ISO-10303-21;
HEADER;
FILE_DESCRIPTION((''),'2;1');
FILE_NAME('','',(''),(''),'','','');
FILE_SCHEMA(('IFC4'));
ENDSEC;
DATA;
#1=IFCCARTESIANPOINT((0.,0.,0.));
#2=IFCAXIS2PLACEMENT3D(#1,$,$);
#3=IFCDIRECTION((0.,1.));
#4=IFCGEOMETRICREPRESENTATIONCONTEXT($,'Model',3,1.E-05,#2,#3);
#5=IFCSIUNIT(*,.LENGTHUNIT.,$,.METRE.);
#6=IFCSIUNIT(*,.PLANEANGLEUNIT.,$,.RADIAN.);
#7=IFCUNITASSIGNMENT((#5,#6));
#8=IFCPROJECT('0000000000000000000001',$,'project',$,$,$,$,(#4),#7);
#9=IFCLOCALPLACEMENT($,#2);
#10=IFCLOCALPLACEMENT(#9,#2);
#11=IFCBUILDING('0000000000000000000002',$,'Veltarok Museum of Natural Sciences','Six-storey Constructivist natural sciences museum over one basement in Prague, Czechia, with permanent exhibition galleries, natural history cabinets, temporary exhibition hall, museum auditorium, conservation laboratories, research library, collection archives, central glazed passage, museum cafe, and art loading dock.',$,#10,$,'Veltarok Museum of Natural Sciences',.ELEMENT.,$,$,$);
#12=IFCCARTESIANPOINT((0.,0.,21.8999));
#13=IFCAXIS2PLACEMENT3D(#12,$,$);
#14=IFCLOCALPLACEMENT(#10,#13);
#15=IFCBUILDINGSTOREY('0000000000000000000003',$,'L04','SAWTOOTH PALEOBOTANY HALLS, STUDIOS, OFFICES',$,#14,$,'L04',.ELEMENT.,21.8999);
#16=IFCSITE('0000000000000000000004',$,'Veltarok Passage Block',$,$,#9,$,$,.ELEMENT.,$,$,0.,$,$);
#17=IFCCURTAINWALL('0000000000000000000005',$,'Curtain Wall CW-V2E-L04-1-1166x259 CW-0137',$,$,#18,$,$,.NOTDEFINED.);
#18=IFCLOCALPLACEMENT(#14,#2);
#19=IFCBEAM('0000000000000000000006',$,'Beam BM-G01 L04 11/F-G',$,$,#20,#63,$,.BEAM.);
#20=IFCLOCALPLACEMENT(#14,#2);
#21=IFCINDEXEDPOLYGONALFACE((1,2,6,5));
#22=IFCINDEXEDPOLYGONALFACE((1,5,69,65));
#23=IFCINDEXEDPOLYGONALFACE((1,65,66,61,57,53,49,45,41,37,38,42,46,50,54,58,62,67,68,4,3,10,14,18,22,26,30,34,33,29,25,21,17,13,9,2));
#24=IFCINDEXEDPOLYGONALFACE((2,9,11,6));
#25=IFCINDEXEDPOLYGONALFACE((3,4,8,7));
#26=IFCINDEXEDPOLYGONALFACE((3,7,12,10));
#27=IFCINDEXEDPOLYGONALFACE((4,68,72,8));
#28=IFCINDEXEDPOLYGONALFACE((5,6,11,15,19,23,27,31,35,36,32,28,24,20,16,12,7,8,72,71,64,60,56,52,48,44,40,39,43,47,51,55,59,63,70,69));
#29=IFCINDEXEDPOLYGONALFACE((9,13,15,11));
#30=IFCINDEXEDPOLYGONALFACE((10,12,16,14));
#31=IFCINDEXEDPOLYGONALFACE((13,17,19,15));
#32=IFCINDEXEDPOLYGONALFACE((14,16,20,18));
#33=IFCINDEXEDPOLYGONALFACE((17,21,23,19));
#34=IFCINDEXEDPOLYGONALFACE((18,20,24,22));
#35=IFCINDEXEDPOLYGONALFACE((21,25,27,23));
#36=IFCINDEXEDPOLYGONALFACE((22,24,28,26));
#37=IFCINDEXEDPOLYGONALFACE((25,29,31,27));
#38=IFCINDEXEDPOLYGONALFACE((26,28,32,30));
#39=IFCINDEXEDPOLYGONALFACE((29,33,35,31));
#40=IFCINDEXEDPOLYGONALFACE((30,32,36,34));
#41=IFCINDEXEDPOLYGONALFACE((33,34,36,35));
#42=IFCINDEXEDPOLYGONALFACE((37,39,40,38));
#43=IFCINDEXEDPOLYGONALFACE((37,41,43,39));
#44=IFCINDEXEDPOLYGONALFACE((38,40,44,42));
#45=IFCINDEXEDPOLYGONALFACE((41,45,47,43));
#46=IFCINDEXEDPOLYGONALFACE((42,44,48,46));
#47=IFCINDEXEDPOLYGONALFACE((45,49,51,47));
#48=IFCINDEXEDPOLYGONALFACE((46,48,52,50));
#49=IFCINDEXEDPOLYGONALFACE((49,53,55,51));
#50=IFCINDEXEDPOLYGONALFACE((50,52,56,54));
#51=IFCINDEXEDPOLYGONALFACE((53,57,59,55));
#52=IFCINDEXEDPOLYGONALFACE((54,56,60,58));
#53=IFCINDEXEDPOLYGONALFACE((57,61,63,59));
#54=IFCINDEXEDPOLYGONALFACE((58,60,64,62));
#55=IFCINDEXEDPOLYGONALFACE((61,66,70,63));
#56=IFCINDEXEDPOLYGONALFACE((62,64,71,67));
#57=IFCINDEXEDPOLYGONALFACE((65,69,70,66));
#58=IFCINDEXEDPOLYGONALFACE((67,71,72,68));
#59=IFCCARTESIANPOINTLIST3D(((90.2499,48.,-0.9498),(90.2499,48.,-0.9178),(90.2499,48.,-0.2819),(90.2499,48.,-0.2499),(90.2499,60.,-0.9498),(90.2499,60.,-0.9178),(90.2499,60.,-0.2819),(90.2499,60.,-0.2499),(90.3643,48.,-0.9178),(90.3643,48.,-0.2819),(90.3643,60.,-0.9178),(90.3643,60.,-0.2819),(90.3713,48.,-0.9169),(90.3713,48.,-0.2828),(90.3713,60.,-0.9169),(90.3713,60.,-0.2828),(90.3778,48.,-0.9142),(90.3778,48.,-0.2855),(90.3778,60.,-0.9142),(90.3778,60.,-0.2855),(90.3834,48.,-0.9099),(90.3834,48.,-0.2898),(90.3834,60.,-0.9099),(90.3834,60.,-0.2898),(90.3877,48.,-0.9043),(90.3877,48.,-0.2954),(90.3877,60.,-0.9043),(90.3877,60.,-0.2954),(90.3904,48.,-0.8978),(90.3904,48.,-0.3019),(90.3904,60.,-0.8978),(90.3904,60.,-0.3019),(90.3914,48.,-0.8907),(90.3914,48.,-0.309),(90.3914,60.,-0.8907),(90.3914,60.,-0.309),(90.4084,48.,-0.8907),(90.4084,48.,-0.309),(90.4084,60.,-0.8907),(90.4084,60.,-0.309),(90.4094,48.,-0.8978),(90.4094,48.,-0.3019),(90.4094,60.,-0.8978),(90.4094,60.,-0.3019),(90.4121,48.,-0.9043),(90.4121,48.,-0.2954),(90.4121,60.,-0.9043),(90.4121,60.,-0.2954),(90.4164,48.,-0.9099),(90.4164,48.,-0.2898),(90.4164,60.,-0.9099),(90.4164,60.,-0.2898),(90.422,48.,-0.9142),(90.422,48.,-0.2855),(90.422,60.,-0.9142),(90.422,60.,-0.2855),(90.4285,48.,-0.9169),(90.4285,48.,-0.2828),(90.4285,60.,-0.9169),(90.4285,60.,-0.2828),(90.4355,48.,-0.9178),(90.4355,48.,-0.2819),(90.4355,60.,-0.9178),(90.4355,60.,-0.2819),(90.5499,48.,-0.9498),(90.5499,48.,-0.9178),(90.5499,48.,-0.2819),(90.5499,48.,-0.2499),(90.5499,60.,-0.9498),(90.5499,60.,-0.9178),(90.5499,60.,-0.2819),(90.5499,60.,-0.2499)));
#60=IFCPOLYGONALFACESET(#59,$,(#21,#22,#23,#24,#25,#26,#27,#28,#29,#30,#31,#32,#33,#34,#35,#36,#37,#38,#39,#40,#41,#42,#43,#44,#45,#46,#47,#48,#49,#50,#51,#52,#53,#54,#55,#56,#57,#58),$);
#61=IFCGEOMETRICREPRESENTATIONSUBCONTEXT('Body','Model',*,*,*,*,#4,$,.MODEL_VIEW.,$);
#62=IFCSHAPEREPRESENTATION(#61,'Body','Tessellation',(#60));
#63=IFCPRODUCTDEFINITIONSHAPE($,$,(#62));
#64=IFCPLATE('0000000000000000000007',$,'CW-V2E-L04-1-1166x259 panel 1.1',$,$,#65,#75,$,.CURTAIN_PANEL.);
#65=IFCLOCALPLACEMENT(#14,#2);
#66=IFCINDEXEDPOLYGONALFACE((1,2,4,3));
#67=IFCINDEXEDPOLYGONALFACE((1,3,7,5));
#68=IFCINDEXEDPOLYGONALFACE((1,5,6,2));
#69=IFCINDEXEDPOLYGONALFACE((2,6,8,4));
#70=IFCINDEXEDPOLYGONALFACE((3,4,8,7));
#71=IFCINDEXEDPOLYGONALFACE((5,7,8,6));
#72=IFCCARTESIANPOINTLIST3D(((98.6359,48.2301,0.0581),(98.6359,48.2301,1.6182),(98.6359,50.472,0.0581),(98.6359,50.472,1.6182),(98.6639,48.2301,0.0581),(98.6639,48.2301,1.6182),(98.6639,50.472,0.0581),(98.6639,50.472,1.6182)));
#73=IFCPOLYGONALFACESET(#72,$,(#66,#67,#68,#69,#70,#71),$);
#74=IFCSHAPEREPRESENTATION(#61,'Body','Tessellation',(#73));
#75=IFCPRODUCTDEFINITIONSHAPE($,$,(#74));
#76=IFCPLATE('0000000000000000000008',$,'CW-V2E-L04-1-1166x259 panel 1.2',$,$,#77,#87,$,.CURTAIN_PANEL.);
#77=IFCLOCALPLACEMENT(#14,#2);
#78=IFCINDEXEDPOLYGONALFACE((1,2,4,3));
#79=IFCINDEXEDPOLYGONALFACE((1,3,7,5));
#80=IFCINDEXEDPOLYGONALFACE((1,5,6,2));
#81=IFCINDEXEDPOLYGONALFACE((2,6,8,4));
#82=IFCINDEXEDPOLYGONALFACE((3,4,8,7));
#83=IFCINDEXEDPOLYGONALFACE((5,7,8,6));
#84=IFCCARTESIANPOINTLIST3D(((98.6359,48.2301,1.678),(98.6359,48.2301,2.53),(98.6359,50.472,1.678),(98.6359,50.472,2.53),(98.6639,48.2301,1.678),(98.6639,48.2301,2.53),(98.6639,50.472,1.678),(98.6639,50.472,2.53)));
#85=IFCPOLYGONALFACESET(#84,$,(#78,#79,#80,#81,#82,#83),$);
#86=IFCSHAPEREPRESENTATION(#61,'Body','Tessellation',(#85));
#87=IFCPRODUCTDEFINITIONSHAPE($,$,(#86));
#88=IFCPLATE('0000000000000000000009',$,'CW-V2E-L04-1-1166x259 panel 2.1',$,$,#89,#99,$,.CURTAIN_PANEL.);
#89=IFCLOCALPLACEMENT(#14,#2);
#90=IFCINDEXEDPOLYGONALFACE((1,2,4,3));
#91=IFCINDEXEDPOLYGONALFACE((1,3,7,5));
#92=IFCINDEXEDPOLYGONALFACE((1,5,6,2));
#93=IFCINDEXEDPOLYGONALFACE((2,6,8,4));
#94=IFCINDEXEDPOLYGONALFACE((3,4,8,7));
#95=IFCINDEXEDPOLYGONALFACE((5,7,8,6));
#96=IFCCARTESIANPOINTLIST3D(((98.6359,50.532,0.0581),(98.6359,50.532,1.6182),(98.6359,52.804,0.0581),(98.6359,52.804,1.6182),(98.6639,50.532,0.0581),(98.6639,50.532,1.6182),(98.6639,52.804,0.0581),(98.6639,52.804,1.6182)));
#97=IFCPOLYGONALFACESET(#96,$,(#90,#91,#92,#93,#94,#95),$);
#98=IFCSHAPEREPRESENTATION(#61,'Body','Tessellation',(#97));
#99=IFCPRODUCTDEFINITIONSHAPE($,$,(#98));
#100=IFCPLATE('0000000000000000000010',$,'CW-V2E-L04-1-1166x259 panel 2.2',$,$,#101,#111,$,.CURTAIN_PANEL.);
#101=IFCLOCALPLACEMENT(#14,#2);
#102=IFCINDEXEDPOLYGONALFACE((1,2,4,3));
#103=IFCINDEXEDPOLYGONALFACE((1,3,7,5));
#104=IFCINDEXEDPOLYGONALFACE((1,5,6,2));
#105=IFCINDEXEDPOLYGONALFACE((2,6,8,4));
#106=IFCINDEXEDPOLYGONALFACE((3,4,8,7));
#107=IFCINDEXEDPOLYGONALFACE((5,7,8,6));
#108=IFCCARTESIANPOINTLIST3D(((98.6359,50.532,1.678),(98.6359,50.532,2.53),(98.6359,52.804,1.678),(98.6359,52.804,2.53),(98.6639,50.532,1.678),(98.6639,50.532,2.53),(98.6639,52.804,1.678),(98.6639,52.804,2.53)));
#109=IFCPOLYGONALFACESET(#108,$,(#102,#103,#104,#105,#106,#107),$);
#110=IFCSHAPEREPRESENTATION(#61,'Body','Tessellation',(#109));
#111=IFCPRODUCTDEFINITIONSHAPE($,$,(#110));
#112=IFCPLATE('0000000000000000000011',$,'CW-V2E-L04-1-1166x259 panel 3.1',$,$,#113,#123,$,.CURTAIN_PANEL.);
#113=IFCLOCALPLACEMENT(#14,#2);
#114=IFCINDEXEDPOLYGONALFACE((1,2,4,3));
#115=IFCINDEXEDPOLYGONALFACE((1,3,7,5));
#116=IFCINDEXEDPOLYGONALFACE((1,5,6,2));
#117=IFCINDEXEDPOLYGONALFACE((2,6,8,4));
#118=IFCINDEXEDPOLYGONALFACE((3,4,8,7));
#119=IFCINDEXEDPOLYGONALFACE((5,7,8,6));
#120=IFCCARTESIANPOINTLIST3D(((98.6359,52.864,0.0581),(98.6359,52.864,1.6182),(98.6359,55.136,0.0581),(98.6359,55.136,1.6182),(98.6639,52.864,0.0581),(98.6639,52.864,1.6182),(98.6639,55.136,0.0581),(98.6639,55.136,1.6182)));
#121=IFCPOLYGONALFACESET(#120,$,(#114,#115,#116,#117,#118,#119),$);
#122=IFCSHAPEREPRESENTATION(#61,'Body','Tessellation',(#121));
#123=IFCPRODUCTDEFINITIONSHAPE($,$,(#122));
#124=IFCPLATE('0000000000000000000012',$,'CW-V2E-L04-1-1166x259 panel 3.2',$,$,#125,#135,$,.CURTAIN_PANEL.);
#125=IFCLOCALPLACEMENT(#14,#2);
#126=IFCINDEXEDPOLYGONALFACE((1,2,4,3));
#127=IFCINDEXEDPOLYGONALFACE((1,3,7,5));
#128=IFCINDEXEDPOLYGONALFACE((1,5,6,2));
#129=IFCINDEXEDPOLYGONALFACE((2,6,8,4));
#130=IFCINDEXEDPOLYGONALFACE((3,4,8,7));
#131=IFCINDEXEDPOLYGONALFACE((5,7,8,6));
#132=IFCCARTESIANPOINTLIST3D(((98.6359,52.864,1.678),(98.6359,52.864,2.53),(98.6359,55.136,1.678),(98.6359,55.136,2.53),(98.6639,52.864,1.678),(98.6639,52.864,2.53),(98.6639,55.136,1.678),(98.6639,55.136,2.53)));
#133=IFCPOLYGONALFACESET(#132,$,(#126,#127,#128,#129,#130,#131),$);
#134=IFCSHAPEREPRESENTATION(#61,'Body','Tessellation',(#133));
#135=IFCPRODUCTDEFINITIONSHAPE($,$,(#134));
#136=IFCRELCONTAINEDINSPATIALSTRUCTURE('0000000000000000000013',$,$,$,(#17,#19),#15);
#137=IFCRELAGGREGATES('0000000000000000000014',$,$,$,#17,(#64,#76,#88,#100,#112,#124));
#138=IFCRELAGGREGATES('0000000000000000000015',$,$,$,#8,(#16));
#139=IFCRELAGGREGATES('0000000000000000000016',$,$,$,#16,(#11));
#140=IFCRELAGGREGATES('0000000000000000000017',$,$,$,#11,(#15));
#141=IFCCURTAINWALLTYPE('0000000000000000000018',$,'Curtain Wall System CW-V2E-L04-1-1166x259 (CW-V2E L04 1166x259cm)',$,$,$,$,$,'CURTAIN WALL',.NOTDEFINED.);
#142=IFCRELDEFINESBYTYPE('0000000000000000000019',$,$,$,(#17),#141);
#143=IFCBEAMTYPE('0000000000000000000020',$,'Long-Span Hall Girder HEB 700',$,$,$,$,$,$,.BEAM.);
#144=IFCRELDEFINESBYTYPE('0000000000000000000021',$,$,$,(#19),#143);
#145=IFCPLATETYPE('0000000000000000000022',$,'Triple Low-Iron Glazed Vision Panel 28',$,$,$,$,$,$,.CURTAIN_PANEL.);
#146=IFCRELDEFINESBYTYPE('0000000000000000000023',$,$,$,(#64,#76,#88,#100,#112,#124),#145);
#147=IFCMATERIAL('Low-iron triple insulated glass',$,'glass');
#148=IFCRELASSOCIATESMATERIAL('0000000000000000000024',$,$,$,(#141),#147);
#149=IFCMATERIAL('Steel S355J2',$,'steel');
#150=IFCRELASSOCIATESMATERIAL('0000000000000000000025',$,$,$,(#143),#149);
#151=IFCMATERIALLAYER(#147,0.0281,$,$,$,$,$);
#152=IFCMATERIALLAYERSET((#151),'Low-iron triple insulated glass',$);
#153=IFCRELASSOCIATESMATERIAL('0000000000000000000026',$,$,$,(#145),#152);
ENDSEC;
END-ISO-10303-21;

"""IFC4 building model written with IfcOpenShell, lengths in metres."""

from ifc_helpers import new_model, si_unit, direction, frame, origin, origin_2d, place, context, subcontext, project, spatial, rectangle, i_section, extrude, material, layer, layer_set, material_profile, profile_set, type_object, element, aggregate, save


model = new_model("IFC4")

# Units and contexts
model_context = context("Model", 3, precision=1e-05, world=origin(), true_north=direction((0.0, 1.0)))
body_context = subcontext(model_context, "Body", "Model", "MODEL_VIEW")
ifc_project = project(units=[si_unit("LENGTHUNIT", "METRE"), si_unit("PLANEANGLEUNIT", "RADIAN")], contexts=[model_context])

# Site, building, storey
site_placement = place(None, origin())
site = spatial("IfcSite", under=ifc_project, at=site_placement, Name="Veltarok Passage Block", CompositionType="ELEMENT", RefElevation=0.0)
building_placement = place(site_placement, origin())
building = spatial("IfcBuilding", under=site, at=building_placement, Name="Veltarok Museum of Natural Sciences", Description="Six-storey Constructivist natural sciences museum over one basement in Prague, Czechia, with permanent exhibition galleries, natural history cabinets, temporary exhibition hall, museum auditorium, conservation laboratories, research library, collection archives, central glazed passage, museum cafe, and art loading dock.", LongName="Veltarok Museum of Natural Sciences", CompositionType="ELEMENT")
storey_placement = place(building_placement, frame((0.0, 0.0, 21.8999)))
storey = spatial("IfcBuildingStorey", under=building, at=storey_placement, Name="L04", Description="SAWTOOTH PALEOBOTANY HALLS, STUDIOS, OFFICES", LongName="L04", CompositionType="ELEMENT", Elevation=21.8999)

# Shared definitions
ifc_material_1 = material(Name="Steel S355J2", Category="steel")

# Curtain wall
ifc_material_2 = material(Name="Low-iron triple insulated glass", Category="glass")
curtain_wall_type = type_object("IfcCurtainWallType", Name="Curtain Wall System CW-V2E-L04-1-1166x259 (CW-V2E L04 1166x259cm)", ElementType="CURTAIN WALL", PredefinedType="NOTDEFINED", material=ifc_material_2)
curtain_wall_placement = place(storey_placement, origin())
curtain_wall = element("IfcCurtainWall", 1, at=curtain_wall_placement, inside=storey, type_object=curtain_wall_type, Name="Curtain Wall CW-V2E-L04-1-1166x259 CW-0137", PredefinedType="NOTDEFINED")

# Beam
ifc_material_profile_1 = material_profile(ifc_material_1, i_section(OverallWidth=0.3, OverallDepth=0.7, WebThickness=0.0171, FlangeThickness=0.032, FilletRadius=0.0271, at=origin_2d()), Name="HEB 700")
ifc_profile_set_1 = profile_set([ifc_material_profile_1], Name="Steel S355J2")
beam_type_1 = type_object("IfcBeamType", Name="Long-Span Hall Girder HEB 700", PredefinedType="BEAM", material=ifc_profile_set_1)
beam_1_placement = place(storey_placement, frame((90.3999, 48.0, -0.5999), z_axis=(0.0, 1.0, 0.0), x_axis=(-1.0, 0.0, 0.0)))
element("IfcBeam", 2, at=beam_1_placement, inside=storey, type_object=beam_type_1, Name="Beam BM-G01 L04 11/F-G", PredefinedType="BEAM", context=body_context, shape_type="SweptSolid", body=[
    extrude(i_section(OverallWidth=0.3, OverallDepth=0.7, WebThickness=0.0171, FlangeThickness=0.032, FilletRadius=0.0271, at=origin_2d()), origin(), (0.0, 0.0, 1.0), 12.0),
])

# Plates
ifc_layer = layer(ifc_material_2, 0.0281)
ifc_layer_set = layer_set([ifc_layer], Name="Low-iron triple insulated glass")
plate_type = type_object("IfcPlateType", Name="Triple Low-Iron Glazed Vision Panel 28", PredefinedType="CURTAIN_PANEL", material=ifc_layer_set)
plate_1_placement = place(storey_placement, frame((98.6499, 49.3511, 0.0581), z_axis=(0.0, 0.0, 1.0), x_axis=(0.0, 1.0, 0.0)))
plate_1 = element("IfcPlate", 3, at=plate_1_placement, type_object=plate_type, Name="CW-V2E-L04-1-1166x259 panel 1.1", PredefinedType="CURTAIN_PANEL", context=body_context, shape_type="SweptSolid", body=[
    extrude(rectangle(XDim=2.2419, YDim=0.0281, at=origin_2d()), origin(), (0.0, 0.0, 1.0), 1.5601),
])
plate_2_placement = place(storey_placement, frame((98.6499, 49.3511, 1.678), z_axis=(0.0, 0.0, 1.0), x_axis=(0.0, 1.0, 0.0)))
plate_2 = element("IfcPlate", 4, at=plate_2_placement, type_object=plate_type, Name="CW-V2E-L04-1-1166x259 panel 1.2", PredefinedType="CURTAIN_PANEL", context=body_context, shape_type="SweptSolid", body=[
    extrude(rectangle(XDim=2.2419, YDim=0.0281, at=origin_2d()), origin(), (0.0, 0.0, 1.0), 0.8521),
])
plate_3_placement = place(storey_placement, frame((98.6499, 51.668, 0.0581), z_axis=(0.0, 0.0, 1.0), x_axis=(0.0, 1.0, 0.0)))
plate_3 = element("IfcPlate", 5, at=plate_3_placement, type_object=plate_type, Name="CW-V2E-L04-1-1166x259 panel 2.1", PredefinedType="CURTAIN_PANEL", context=body_context, shape_type="SweptSolid", body=[
    extrude(rectangle(XDim=2.272, YDim=0.0281, at=origin_2d()), origin(), (0.0, 0.0, 1.0), 1.5601),
])
plate_4_placement = place(storey_placement, frame((98.6499, 51.668, 1.678), z_axis=(0.0, 0.0, 1.0), x_axis=(0.0, 1.0, 0.0)))
plate_4 = element("IfcPlate", 6, at=plate_4_placement, type_object=plate_type, Name="CW-V2E-L04-1-1166x259 panel 2.2", PredefinedType="CURTAIN_PANEL", context=body_context, shape_type="SweptSolid", body=[
    extrude(rectangle(XDim=2.272, YDim=0.0281, at=origin_2d()), origin(), (0.0, 0.0, 1.0), 0.8521),
])
plate_5_placement = place(storey_placement, frame((98.6499, 54.0, 0.0581), z_axis=(0.0, 0.0, 1.0), x_axis=(0.0, 1.0, 0.0)))
plate_5 = element("IfcPlate", 7, at=plate_5_placement, type_object=plate_type, Name="CW-V2E-L04-1-1166x259 panel 3.1", PredefinedType="CURTAIN_PANEL", context=body_context, shape_type="SweptSolid", body=[
    extrude(rectangle(XDim=2.272, YDim=0.0281, at=origin_2d()), origin(), (0.0, 0.0, 1.0), 1.5601),
])
plate_6_placement = place(storey_placement, frame((98.6499, 54.0, 1.678), z_axis=(0.0, 0.0, 1.0), x_axis=(0.0, 1.0, 0.0)))
plate_6 = element("IfcPlate", 8, at=plate_6_placement, type_object=plate_type, Name="CW-V2E-L04-1-1166x259 panel 3.2", PredefinedType="CURTAIN_PANEL", context=body_context, shape_type="SweptSolid", body=[
    extrude(rectangle(XDim=2.272, YDim=0.0281, at=origin_2d()), origin(), (0.0, 0.0, 1.0), 0.8521),
])
aggregate(curtain_wall, [plate_1, plate_2, plate_3, plate_4, plate_5, plate_6])

save(model, "model.ifc")
